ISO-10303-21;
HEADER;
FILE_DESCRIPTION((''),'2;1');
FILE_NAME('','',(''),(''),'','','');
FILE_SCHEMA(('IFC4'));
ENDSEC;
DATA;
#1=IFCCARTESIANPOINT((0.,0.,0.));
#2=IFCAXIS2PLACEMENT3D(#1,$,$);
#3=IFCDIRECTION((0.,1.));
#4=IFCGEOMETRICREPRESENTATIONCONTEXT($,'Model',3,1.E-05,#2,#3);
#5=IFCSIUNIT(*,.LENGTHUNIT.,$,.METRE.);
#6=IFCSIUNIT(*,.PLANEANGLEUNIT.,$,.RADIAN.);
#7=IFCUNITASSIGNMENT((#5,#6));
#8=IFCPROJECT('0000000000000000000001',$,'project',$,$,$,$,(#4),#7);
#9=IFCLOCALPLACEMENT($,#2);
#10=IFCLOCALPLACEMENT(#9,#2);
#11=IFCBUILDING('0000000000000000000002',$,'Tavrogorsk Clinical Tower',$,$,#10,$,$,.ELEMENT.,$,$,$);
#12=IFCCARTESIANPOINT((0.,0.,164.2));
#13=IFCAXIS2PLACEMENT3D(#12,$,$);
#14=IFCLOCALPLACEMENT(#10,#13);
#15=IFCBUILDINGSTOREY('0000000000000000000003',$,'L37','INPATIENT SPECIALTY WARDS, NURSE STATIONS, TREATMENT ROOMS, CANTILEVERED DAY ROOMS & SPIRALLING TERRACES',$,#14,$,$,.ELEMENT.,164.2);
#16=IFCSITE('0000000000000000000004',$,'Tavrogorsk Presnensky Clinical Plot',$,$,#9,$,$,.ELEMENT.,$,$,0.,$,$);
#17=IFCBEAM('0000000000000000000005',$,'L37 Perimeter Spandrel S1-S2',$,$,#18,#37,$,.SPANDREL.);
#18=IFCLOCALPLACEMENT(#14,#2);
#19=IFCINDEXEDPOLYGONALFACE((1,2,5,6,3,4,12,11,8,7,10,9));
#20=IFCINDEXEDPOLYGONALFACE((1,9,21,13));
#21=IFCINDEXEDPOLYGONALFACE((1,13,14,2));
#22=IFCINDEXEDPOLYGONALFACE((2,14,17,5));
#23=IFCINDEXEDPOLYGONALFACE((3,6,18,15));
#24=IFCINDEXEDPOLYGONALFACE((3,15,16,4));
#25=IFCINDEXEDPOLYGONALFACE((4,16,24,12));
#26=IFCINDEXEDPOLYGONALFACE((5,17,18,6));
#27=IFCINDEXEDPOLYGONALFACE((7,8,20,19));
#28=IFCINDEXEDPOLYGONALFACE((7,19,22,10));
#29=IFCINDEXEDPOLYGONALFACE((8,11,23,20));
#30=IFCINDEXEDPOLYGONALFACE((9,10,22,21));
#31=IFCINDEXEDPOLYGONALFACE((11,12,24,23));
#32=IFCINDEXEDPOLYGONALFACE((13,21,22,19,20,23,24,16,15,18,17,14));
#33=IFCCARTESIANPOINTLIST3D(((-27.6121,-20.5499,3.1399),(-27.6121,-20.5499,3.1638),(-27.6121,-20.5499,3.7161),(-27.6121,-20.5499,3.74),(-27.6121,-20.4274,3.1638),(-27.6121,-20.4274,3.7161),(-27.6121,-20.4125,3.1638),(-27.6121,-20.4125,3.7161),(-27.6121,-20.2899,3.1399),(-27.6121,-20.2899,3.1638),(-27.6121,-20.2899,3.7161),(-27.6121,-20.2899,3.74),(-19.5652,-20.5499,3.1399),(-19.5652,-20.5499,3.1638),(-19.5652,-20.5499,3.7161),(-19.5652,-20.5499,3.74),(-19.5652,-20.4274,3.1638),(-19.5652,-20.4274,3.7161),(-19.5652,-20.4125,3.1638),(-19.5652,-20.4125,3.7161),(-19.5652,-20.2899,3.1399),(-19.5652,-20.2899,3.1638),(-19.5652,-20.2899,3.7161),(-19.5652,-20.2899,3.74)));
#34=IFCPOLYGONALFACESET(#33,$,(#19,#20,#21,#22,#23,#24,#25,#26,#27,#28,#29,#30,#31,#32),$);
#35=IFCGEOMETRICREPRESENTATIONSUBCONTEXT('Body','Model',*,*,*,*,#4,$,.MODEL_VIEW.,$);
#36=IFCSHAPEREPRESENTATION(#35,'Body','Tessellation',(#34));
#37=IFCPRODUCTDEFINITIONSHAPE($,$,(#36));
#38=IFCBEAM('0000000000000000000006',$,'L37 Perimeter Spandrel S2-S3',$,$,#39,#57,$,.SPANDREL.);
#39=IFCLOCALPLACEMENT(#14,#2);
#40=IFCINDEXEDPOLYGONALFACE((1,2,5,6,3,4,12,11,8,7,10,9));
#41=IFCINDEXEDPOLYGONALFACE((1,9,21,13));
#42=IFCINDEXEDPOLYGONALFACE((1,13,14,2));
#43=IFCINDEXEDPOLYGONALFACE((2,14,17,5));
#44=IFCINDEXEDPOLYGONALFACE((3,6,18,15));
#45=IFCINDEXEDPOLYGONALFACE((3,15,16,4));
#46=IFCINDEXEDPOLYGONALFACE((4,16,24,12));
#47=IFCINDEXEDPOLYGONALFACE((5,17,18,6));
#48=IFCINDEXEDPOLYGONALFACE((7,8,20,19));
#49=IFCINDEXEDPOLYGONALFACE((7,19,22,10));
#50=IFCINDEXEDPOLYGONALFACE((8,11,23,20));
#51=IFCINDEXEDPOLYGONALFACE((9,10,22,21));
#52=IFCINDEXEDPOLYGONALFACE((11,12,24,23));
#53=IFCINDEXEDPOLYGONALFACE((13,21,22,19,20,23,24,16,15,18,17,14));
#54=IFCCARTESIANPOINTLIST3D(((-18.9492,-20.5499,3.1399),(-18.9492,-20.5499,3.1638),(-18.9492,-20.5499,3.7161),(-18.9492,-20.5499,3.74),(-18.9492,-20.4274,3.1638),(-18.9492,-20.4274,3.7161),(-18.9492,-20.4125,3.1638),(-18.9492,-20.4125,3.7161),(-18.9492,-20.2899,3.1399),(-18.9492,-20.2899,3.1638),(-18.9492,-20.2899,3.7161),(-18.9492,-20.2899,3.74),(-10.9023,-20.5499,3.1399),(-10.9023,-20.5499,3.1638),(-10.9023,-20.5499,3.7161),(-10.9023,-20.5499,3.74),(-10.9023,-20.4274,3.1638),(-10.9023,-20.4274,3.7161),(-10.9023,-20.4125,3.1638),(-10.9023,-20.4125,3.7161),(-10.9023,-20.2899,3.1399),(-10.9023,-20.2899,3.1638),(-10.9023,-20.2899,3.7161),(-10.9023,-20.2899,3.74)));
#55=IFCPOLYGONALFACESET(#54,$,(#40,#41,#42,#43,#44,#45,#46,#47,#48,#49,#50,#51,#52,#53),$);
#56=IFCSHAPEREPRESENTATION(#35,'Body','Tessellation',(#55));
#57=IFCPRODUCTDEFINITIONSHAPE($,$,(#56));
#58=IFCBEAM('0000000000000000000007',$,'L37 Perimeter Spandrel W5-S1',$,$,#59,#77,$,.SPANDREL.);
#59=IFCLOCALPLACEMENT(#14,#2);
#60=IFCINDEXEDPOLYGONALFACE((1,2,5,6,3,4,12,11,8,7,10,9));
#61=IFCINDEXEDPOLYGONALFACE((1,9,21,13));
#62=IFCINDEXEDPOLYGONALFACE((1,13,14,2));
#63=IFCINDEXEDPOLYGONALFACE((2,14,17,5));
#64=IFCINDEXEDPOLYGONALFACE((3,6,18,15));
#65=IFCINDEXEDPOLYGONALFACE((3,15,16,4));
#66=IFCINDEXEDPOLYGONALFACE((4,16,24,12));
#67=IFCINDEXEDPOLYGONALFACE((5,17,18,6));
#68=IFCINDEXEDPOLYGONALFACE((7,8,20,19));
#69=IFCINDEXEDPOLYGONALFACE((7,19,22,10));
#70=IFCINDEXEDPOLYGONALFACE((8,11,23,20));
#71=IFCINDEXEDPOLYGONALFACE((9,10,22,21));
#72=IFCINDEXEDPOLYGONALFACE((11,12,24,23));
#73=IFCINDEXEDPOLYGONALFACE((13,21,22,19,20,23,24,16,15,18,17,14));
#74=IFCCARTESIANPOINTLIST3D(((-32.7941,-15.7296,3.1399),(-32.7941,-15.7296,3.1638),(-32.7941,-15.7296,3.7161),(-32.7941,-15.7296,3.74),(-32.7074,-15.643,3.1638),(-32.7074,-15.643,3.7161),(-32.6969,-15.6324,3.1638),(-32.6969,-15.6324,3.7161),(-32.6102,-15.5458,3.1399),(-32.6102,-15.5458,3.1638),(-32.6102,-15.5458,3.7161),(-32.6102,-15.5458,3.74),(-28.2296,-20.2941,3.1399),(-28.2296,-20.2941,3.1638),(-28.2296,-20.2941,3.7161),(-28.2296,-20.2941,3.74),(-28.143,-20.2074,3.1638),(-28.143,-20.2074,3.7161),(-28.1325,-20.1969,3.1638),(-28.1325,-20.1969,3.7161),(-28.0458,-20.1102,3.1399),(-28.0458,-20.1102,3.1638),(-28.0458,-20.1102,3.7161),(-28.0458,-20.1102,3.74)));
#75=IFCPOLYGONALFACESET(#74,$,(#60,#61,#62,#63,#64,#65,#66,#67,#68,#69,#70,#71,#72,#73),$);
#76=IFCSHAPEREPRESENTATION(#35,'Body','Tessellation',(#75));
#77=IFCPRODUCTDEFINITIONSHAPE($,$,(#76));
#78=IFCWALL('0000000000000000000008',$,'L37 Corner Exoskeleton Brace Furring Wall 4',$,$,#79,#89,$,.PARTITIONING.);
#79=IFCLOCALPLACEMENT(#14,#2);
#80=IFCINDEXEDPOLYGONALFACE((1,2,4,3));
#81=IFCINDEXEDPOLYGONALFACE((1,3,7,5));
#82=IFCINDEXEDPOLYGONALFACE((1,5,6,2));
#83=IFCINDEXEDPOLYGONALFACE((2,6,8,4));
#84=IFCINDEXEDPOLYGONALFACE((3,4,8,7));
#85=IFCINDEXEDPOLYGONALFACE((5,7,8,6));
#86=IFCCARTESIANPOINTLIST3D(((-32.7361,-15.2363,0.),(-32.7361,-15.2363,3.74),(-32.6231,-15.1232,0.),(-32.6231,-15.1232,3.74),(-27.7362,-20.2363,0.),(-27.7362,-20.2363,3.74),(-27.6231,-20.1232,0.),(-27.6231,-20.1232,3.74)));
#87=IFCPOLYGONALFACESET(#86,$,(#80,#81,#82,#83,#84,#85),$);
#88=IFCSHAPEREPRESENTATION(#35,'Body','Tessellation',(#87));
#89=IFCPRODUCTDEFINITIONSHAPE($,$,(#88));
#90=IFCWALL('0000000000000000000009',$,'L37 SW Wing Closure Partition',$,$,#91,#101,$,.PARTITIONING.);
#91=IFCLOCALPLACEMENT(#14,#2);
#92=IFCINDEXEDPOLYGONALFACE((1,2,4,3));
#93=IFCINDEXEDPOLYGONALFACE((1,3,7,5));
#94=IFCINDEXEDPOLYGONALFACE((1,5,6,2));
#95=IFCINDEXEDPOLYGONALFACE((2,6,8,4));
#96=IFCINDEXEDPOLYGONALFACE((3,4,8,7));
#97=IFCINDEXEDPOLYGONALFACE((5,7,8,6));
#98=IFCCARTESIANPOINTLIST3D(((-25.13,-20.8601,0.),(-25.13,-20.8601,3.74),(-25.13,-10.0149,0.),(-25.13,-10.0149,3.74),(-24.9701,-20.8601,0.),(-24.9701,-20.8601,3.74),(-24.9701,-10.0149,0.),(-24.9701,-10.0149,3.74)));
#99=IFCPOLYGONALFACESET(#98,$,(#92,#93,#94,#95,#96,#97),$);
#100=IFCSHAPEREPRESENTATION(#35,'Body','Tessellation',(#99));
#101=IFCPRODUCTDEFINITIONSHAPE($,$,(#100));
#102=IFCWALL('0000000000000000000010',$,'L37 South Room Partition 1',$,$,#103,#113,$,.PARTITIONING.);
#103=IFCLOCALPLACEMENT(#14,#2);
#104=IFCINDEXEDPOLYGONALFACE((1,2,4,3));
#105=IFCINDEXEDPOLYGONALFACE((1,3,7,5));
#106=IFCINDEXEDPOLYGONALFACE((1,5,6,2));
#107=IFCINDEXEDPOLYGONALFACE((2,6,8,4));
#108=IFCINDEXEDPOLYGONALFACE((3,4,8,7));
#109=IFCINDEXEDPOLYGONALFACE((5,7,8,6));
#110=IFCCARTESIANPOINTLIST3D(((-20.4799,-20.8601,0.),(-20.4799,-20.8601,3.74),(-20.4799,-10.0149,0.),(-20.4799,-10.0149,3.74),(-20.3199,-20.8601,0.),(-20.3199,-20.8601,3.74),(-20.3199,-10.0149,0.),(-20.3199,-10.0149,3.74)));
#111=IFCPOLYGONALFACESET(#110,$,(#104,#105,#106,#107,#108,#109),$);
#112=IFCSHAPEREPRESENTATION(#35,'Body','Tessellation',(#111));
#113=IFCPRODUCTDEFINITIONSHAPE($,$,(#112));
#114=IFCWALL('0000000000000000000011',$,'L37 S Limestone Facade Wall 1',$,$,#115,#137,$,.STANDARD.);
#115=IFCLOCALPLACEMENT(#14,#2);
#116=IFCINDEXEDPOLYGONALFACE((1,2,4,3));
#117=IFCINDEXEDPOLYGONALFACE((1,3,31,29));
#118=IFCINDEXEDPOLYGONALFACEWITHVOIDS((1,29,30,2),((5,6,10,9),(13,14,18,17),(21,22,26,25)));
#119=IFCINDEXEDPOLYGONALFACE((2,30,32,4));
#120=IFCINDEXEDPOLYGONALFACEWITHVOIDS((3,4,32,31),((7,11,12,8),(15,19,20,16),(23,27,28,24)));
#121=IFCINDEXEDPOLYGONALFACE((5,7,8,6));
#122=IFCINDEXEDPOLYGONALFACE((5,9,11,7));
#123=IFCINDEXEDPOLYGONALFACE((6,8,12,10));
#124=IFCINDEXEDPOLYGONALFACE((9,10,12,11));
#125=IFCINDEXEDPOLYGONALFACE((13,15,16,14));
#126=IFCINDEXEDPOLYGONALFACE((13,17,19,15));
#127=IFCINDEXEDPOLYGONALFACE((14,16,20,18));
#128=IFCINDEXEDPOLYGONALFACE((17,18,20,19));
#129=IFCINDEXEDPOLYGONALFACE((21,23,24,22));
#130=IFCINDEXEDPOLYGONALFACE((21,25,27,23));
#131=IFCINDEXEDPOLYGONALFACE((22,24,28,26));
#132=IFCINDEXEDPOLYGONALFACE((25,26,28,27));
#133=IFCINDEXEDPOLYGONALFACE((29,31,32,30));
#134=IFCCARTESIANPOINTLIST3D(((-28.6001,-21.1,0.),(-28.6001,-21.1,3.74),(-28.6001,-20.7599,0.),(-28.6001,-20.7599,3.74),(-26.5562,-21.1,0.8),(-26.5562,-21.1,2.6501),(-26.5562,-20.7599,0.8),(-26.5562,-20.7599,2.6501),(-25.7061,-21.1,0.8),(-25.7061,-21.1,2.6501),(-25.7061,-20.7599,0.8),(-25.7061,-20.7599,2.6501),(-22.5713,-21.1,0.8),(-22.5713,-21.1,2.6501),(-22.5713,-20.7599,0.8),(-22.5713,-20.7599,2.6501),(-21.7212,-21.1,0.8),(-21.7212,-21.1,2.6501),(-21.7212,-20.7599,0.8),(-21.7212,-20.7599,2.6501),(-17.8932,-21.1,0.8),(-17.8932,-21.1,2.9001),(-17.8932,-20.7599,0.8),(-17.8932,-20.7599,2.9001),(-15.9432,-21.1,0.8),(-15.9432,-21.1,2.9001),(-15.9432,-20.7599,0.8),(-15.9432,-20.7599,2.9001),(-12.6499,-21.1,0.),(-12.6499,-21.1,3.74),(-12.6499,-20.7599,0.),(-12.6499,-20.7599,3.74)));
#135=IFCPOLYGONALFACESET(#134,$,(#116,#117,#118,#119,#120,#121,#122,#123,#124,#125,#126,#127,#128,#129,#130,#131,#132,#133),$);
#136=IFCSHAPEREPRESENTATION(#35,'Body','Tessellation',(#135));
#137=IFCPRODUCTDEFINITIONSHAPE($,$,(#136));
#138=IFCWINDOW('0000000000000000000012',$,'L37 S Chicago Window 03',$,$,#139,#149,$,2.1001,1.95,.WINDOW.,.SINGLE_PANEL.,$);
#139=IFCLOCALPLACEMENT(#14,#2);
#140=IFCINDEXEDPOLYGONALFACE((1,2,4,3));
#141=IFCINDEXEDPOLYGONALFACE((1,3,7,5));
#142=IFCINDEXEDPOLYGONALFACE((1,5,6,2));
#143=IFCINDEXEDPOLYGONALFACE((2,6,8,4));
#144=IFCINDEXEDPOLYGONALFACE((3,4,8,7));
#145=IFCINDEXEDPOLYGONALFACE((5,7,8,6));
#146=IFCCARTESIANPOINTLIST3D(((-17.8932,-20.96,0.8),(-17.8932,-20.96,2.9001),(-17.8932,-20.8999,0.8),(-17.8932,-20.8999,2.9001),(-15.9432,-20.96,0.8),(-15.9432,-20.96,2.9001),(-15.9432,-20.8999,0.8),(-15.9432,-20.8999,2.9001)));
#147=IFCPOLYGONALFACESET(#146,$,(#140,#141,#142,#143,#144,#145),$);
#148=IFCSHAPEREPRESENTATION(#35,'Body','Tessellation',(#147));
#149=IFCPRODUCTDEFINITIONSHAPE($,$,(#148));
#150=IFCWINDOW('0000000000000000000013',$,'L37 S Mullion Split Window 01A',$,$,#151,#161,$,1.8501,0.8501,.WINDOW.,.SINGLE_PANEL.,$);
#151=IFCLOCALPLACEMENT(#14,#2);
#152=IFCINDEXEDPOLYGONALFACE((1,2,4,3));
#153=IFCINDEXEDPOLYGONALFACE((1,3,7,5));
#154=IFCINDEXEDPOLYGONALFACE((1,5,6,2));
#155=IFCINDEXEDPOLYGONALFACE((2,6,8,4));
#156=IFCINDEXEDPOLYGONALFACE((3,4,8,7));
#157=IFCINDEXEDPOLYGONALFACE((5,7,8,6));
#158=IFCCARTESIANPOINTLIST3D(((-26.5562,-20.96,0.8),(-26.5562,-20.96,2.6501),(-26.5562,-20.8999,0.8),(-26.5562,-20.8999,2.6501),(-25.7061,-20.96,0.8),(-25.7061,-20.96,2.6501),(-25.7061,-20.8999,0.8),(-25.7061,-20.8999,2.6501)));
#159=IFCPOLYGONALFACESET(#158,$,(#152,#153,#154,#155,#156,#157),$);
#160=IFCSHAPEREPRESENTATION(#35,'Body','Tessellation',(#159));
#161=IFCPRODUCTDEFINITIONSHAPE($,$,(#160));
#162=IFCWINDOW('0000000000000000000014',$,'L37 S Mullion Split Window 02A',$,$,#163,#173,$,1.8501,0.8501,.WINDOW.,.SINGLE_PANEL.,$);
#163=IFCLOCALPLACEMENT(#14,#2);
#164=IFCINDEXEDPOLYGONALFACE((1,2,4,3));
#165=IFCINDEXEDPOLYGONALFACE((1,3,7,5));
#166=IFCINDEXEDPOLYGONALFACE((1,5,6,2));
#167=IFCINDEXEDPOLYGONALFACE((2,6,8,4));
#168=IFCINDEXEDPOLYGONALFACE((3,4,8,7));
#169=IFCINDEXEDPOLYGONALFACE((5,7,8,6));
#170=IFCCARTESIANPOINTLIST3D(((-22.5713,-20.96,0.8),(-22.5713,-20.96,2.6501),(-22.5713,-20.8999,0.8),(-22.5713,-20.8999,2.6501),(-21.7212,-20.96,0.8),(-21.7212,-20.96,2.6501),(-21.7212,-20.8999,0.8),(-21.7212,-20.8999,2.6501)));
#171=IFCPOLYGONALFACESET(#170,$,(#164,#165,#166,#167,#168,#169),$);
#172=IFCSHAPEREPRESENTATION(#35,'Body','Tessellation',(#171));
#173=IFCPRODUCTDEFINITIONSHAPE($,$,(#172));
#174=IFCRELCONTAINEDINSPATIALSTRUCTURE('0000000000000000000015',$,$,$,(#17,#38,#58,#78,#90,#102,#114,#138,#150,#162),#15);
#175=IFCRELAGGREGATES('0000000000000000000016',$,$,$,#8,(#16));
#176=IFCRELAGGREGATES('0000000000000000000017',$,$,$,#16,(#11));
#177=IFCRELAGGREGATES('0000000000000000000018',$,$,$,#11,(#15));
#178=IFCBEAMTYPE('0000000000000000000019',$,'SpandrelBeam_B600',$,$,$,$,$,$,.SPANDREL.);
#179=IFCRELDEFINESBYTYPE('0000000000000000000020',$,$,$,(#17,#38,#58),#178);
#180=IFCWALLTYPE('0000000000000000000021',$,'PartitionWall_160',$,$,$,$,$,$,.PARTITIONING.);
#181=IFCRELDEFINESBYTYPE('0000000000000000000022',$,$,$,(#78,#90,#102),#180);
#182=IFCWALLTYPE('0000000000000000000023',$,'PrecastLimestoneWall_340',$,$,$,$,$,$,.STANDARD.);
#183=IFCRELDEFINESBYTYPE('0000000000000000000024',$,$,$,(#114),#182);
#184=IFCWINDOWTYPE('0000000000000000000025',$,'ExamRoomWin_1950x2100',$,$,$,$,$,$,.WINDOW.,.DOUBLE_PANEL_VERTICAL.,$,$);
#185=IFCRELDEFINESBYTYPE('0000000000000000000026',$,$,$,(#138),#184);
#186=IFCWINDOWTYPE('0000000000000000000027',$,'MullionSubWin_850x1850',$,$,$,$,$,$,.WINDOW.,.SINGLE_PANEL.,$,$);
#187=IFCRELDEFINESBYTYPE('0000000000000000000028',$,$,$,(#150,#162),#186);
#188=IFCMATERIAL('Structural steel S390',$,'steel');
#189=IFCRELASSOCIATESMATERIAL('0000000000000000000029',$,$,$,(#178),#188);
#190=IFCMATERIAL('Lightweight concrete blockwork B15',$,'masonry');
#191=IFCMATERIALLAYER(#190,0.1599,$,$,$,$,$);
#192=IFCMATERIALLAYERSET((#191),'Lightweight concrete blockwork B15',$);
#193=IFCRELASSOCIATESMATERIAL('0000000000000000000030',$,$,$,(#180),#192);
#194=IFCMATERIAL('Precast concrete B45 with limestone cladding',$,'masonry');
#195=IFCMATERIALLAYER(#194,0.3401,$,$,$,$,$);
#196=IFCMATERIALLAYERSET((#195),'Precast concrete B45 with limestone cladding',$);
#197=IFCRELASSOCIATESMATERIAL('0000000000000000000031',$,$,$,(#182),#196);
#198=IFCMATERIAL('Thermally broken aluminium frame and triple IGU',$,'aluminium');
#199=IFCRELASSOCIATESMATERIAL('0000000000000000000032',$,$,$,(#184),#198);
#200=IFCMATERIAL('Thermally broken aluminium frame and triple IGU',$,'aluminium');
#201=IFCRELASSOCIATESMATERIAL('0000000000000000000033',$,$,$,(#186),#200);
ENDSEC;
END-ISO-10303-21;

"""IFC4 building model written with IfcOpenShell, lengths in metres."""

from ifc_helpers import new_model, si_unit, direction, frame, frame_2d, origin, origin_2d, place, context, subcontext, project, spatial, rectangle, i_section, extrude, material, layer, layer_set, material_profile, profile_set, type_object, element, fill, save


model = new_model("IFC4")

# Units and contexts
model_context = context("Model", 3, precision=1e-05, world=origin(), true_north=direction((0.0, 1.0)))
body_context = subcontext(model_context, "Body", "Model", "MODEL_VIEW")
ifc_project = project(units=[si_unit("LENGTHUNIT", "METRE"), si_unit("PLANEANGLEUNIT", "RADIAN")], contexts=[model_context])

# Site, building, storey
site_placement = place(None, origin())
site = spatial("IfcSite", under=ifc_project, at=site_placement, Name="Tavrogorsk Presnensky Clinical Plot", CompositionType="ELEMENT", RefElevation=0.0)
building_placement = place(site_placement, origin())
building = spatial("IfcBuilding", under=site, at=building_placement, Name="Tavrogorsk Clinical Tower", CompositionType="ELEMENT")
storey_placement = place(building_placement, frame((0.0, 0.0, 164.2)))
storey = spatial("IfcBuildingStorey", under=building, at=storey_placement, Name="L37", Description="INPATIENT SPECIALTY WARDS, NURSE STATIONS, TREATMENT ROOMS, CANTILEVERED DAY ROOMS & SPIRALLING TERRACES", CompositionType="ELEMENT", Elevation=164.2)

# Beams
ifc_material_1 = material(Name="Structural steel S390", Category="steel")
ifc_material_profile_1 = material_profile(ifc_material_1, i_section(OverallWidth=0.26, OverallDepth=0.6001, WebThickness=0.0149, FlangeThickness=0.0239, at=origin_2d()), Name="B-600x260x15x24")
ifc_profile_set_1 = profile_set([ifc_material_profile_1], Name="Structural steel S390")
beam_type_1 = type_object("IfcBeamType", Name="SpandrelBeam_B600", PredefinedType="SPANDREL", material=ifc_profile_set_1)
for number, where, z_axis, x_axis, name in (
    (1, (-27.6121, -20.4199, 3.4399), (1.0, 0.0, 0.0), (0.0, 1.0, 0.0), "L37 Perimeter Spandrel S1-S2"),
    (2, (-18.9492, -20.4199, 3.4399), (1.0, 0.0, 0.0), (0.0, 1.0, 0.0), "L37 Perimeter Spandrel S2-S3"),
):
    element("IfcBeam", number, at=place(storey_placement, frame(where, z_axis=z_axis, x_axis=x_axis)), inside=storey, type_object=beam_type_1, Name=name, PredefinedType="SPANDREL", context=body_context, shape_type="SweptSolid", body=[
        extrude(i_section(OverallWidth=0.26, OverallDepth=0.6001, WebThickness=0.0149, FlangeThickness=0.0239, at=origin_2d()), origin(), (0.0, 0.0, 1.0), 8.0469),
    ])
beam_1_placement = place(storey_placement, frame((-32.7021, -15.6377, 3.4399), z_axis=(0.707107, -0.707107, 0.0), x_axis=(0.707107, 0.707107, 0.0)))
element("IfcBeam", 3, at=beam_1_placement, inside=storey, type_object=beam_type_1, Name="L37 Perimeter Spandrel W5-S1", PredefinedType="SPANDREL", context=body_context, shape_type="SweptSolid", body=[
    extrude(i_section(OverallWidth=0.26, OverallDepth=0.6001, WebThickness=0.0149, FlangeThickness=0.0239, at=origin_2d()), origin(), (0.0, 0.0, 1.0), 6.4551),
])

# Walls
ifc_material_2 = material(Name="Lightweight concrete blockwork B15", Category="masonry")
ifc_layer_1 = layer(ifc_material_2, 0.1599)
ifc_layer_set_1 = layer_set([ifc_layer_1], Name="Lightweight concrete blockwork B15")
wall_type_1 = type_object("IfcWallType", Name="PartitionWall_160", PredefinedType="PARTITIONING", material=ifc_layer_set_1)
wall_1_placement = place(storey_placement, frame((-32.6797, -15.1797, 0.0), z_axis=(0.0, 0.0, 1.0), x_axis=(0.707107, -0.707107, 0.0)))
element("IfcWall", 4, at=wall_1_placement, inside=storey, type_object=wall_type_1, Name="L37 Corner Exoskeleton Brace Furring Wall 4", PredefinedType="PARTITIONING", context=body_context, shape_type="SweptSolid", body=[
    extrude(rectangle(XDim=7.071, YDim=0.1599, at=frame_2d((3.5356, 0.0))), origin(), (0.0, 0.0, 1.0), 3.74),
])
for number, where, z_axis, x_axis, name in (
    (5, (-25.05, -20.8601, 0.0), (0.0, 0.0, 1.0), (0.0, 1.0, 0.0), "L37 SW Wing Closure Partition"),
    (6, (-20.3999, -20.8601, 0.0), (0.0, 0.0, 1.0), (0.0, 1.0, 0.0), "L37 South Room Partition 1"),
):
    element("IfcWall", number, at=place(storey_placement, frame(where, z_axis=z_axis, x_axis=x_axis)), inside=storey, type_object=wall_type_1, Name=name, PredefinedType="PARTITIONING", context=body_context, shape_type="SweptSolid", body=[
        extrude(rectangle(XDim=10.8452, YDim=0.1599, at=frame_2d((5.4226, 0.0))), origin(), (0.0, 0.0, 1.0), 3.74),
    ])

# Wall, openings, windows
ifc_material_3 = material(Name="Precast concrete B45 with limestone cladding", Category="masonry")
ifc_layer_2 = layer(ifc_material_3, 0.3401)
ifc_layer_set_2 = layer_set([ifc_layer_2], Name="Precast concrete B45 with limestone cladding")
wall_type_2 = type_object("IfcWallType", Name="PrecastLimestoneWall_340", PredefinedType="STANDARD", material=ifc_layer_set_2)
wall_2_placement = place(storey_placement, frame((-28.6001, -20.9299, 0.0), z_axis=(0.0, 0.0, 1.0), x_axis=(1.0, 0.0, 0.0)))
wall_2 = element("IfcWall", 7, at=wall_2_placement, inside=storey, type_object=wall_type_2, Name="L37 S Limestone Facade Wall 1", PredefinedType="STANDARD", context=body_context, shape_type="SweptSolid", body=[
    extrude(rectangle(XDim=15.9502, YDim=0.3401, at=frame_2d((7.9751, 0.0))), origin(), (0.0, 0.0, 1.0), 3.74),
])
opening_1_placement = place(wall_2_placement, frame((2.0439, 0.0, 0.8)))
opening_1 = element("IfcOpeningElement", 8, at=opening_1_placement, cuts=wall_2, PredefinedType="OPENING", context=body_context, shape_type="SweptSolid", body=[
    extrude(rectangle(XDim=0.8501, YDim=1.8501, at=frame_2d((0.425, 0.925))), frame((0.0, 0.1799, 0.0), z_axis=(0.0, -1.0, 0.0), x_axis=(1.0, 0.0, 0.0)), (0.0, 0.0, 1.0), 0.3601),
])
opening_2_placement = place(wall_2_placement, frame((6.0288, 0.0, 0.8)))
opening_2 = element("IfcOpeningElement", 9, at=opening_2_placement, cuts=wall_2, PredefinedType="OPENING", context=body_context, shape_type="SweptSolid", body=[
    extrude(rectangle(XDim=0.8501, YDim=1.8501, at=frame_2d((0.425, 0.925))), frame((0.0, 0.1799, 0.0), z_axis=(0.0, -1.0, 0.0), x_axis=(1.0, 0.0, 0.0)), (0.0, 0.0, 1.0), 0.3601),
])
opening_3_placement = place(wall_2_placement, frame((10.7068, 0.0, 0.8)))
opening_3 = element("IfcOpeningElement", 10, at=opening_3_placement, cuts=wall_2, PredefinedType="OPENING", context=body_context, shape_type="SweptSolid", body=[
    extrude(rectangle(XDim=1.95, YDim=2.1001, at=frame_2d((0.9751, 1.05))), frame((0.0, 0.1799, 0.0), z_axis=(0.0, -1.0, 0.0), x_axis=(1.0, 0.0, 0.0)), (0.0, 0.0, 1.0), 0.3601),
])
ifc_material_4 = material(Name="Thermally broken aluminium frame and triple IGU", Category="aluminium")
window_type_1 = type_object("IfcWindowType", Name="ExamRoomWin_1950x2100", PartitioningType="DOUBLE_PANEL_VERTICAL", PredefinedType="WINDOW", material=ifc_material_4)
window_1_placement = place(opening_3_placement, origin())
window_1 = element("IfcWindow", 11, at=window_1_placement, inside=storey, type_object=window_type_1, Name="L37 S Chicago Window 03", OverallHeight=2.1001, OverallWidth=1.95, PartitioningType="SINGLE_PANEL", PredefinedType="WINDOW", context=body_context, shape_type="SweptSolid", body=[
    extrude(rectangle(XDim=1.95, YDim=2.1001, at=frame_2d((0.9751, 1.05))), frame((0.0, 0.03, 0.0), z_axis=(0.0, -1.0, 0.0), x_axis=(1.0, 0.0, 0.0)), (0.0, 0.0, 1.0), 0.0601),
])
fill(opening_3, window_1)
ifc_material_5 = material(Name="Thermally broken aluminium frame and triple IGU", Category="aluminium")
window_type_2 = type_object("IfcWindowType", Name="MullionSubWin_850x1850", PartitioningType="SINGLE_PANEL", PredefinedType="WINDOW", material=ifc_material_5)
window_2_placement = place(opening_1_placement, origin())
window_2 = element("IfcWindow", 12, at=window_2_placement, inside=storey, type_object=window_type_2, Name="L37 S Mullion Split Window 01A", OverallHeight=1.8501, OverallWidth=0.8501, PartitioningType="SINGLE_PANEL", PredefinedType="WINDOW", context=body_context, shape_type="SweptSolid", body=[
    extrude(rectangle(XDim=0.8501, YDim=1.8501, at=frame_2d((0.425, 0.925))), frame((0.0, 0.03, 0.0), z_axis=(0.0, -1.0, 0.0), x_axis=(1.0, 0.0, 0.0)), (0.0, 0.0, 1.0), 0.0601),
])
fill(opening_1, window_2)
window_3_placement = place(opening_2_placement, origin())
window_3 = element("IfcWindow", 13, at=window_3_placement, inside=storey, type_object=window_type_2, Name="L37 S Mullion Split Window 02A", OverallHeight=1.8501, OverallWidth=0.8501, PartitioningType="SINGLE_PANEL", PredefinedType="WINDOW", context=body_context, shape_type="SweptSolid", body=[
    extrude(rectangle(XDim=0.8501, YDim=1.8501, at=frame_2d((0.425, 0.925))), frame((0.0, 0.03, 0.0), z_axis=(0.0, -1.0, 0.0), x_axis=(1.0, 0.0, 0.0)), (0.0, 0.0, 1.0), 0.0601),
])
fill(opening_2, window_3)

save(model, "model.ifc")
